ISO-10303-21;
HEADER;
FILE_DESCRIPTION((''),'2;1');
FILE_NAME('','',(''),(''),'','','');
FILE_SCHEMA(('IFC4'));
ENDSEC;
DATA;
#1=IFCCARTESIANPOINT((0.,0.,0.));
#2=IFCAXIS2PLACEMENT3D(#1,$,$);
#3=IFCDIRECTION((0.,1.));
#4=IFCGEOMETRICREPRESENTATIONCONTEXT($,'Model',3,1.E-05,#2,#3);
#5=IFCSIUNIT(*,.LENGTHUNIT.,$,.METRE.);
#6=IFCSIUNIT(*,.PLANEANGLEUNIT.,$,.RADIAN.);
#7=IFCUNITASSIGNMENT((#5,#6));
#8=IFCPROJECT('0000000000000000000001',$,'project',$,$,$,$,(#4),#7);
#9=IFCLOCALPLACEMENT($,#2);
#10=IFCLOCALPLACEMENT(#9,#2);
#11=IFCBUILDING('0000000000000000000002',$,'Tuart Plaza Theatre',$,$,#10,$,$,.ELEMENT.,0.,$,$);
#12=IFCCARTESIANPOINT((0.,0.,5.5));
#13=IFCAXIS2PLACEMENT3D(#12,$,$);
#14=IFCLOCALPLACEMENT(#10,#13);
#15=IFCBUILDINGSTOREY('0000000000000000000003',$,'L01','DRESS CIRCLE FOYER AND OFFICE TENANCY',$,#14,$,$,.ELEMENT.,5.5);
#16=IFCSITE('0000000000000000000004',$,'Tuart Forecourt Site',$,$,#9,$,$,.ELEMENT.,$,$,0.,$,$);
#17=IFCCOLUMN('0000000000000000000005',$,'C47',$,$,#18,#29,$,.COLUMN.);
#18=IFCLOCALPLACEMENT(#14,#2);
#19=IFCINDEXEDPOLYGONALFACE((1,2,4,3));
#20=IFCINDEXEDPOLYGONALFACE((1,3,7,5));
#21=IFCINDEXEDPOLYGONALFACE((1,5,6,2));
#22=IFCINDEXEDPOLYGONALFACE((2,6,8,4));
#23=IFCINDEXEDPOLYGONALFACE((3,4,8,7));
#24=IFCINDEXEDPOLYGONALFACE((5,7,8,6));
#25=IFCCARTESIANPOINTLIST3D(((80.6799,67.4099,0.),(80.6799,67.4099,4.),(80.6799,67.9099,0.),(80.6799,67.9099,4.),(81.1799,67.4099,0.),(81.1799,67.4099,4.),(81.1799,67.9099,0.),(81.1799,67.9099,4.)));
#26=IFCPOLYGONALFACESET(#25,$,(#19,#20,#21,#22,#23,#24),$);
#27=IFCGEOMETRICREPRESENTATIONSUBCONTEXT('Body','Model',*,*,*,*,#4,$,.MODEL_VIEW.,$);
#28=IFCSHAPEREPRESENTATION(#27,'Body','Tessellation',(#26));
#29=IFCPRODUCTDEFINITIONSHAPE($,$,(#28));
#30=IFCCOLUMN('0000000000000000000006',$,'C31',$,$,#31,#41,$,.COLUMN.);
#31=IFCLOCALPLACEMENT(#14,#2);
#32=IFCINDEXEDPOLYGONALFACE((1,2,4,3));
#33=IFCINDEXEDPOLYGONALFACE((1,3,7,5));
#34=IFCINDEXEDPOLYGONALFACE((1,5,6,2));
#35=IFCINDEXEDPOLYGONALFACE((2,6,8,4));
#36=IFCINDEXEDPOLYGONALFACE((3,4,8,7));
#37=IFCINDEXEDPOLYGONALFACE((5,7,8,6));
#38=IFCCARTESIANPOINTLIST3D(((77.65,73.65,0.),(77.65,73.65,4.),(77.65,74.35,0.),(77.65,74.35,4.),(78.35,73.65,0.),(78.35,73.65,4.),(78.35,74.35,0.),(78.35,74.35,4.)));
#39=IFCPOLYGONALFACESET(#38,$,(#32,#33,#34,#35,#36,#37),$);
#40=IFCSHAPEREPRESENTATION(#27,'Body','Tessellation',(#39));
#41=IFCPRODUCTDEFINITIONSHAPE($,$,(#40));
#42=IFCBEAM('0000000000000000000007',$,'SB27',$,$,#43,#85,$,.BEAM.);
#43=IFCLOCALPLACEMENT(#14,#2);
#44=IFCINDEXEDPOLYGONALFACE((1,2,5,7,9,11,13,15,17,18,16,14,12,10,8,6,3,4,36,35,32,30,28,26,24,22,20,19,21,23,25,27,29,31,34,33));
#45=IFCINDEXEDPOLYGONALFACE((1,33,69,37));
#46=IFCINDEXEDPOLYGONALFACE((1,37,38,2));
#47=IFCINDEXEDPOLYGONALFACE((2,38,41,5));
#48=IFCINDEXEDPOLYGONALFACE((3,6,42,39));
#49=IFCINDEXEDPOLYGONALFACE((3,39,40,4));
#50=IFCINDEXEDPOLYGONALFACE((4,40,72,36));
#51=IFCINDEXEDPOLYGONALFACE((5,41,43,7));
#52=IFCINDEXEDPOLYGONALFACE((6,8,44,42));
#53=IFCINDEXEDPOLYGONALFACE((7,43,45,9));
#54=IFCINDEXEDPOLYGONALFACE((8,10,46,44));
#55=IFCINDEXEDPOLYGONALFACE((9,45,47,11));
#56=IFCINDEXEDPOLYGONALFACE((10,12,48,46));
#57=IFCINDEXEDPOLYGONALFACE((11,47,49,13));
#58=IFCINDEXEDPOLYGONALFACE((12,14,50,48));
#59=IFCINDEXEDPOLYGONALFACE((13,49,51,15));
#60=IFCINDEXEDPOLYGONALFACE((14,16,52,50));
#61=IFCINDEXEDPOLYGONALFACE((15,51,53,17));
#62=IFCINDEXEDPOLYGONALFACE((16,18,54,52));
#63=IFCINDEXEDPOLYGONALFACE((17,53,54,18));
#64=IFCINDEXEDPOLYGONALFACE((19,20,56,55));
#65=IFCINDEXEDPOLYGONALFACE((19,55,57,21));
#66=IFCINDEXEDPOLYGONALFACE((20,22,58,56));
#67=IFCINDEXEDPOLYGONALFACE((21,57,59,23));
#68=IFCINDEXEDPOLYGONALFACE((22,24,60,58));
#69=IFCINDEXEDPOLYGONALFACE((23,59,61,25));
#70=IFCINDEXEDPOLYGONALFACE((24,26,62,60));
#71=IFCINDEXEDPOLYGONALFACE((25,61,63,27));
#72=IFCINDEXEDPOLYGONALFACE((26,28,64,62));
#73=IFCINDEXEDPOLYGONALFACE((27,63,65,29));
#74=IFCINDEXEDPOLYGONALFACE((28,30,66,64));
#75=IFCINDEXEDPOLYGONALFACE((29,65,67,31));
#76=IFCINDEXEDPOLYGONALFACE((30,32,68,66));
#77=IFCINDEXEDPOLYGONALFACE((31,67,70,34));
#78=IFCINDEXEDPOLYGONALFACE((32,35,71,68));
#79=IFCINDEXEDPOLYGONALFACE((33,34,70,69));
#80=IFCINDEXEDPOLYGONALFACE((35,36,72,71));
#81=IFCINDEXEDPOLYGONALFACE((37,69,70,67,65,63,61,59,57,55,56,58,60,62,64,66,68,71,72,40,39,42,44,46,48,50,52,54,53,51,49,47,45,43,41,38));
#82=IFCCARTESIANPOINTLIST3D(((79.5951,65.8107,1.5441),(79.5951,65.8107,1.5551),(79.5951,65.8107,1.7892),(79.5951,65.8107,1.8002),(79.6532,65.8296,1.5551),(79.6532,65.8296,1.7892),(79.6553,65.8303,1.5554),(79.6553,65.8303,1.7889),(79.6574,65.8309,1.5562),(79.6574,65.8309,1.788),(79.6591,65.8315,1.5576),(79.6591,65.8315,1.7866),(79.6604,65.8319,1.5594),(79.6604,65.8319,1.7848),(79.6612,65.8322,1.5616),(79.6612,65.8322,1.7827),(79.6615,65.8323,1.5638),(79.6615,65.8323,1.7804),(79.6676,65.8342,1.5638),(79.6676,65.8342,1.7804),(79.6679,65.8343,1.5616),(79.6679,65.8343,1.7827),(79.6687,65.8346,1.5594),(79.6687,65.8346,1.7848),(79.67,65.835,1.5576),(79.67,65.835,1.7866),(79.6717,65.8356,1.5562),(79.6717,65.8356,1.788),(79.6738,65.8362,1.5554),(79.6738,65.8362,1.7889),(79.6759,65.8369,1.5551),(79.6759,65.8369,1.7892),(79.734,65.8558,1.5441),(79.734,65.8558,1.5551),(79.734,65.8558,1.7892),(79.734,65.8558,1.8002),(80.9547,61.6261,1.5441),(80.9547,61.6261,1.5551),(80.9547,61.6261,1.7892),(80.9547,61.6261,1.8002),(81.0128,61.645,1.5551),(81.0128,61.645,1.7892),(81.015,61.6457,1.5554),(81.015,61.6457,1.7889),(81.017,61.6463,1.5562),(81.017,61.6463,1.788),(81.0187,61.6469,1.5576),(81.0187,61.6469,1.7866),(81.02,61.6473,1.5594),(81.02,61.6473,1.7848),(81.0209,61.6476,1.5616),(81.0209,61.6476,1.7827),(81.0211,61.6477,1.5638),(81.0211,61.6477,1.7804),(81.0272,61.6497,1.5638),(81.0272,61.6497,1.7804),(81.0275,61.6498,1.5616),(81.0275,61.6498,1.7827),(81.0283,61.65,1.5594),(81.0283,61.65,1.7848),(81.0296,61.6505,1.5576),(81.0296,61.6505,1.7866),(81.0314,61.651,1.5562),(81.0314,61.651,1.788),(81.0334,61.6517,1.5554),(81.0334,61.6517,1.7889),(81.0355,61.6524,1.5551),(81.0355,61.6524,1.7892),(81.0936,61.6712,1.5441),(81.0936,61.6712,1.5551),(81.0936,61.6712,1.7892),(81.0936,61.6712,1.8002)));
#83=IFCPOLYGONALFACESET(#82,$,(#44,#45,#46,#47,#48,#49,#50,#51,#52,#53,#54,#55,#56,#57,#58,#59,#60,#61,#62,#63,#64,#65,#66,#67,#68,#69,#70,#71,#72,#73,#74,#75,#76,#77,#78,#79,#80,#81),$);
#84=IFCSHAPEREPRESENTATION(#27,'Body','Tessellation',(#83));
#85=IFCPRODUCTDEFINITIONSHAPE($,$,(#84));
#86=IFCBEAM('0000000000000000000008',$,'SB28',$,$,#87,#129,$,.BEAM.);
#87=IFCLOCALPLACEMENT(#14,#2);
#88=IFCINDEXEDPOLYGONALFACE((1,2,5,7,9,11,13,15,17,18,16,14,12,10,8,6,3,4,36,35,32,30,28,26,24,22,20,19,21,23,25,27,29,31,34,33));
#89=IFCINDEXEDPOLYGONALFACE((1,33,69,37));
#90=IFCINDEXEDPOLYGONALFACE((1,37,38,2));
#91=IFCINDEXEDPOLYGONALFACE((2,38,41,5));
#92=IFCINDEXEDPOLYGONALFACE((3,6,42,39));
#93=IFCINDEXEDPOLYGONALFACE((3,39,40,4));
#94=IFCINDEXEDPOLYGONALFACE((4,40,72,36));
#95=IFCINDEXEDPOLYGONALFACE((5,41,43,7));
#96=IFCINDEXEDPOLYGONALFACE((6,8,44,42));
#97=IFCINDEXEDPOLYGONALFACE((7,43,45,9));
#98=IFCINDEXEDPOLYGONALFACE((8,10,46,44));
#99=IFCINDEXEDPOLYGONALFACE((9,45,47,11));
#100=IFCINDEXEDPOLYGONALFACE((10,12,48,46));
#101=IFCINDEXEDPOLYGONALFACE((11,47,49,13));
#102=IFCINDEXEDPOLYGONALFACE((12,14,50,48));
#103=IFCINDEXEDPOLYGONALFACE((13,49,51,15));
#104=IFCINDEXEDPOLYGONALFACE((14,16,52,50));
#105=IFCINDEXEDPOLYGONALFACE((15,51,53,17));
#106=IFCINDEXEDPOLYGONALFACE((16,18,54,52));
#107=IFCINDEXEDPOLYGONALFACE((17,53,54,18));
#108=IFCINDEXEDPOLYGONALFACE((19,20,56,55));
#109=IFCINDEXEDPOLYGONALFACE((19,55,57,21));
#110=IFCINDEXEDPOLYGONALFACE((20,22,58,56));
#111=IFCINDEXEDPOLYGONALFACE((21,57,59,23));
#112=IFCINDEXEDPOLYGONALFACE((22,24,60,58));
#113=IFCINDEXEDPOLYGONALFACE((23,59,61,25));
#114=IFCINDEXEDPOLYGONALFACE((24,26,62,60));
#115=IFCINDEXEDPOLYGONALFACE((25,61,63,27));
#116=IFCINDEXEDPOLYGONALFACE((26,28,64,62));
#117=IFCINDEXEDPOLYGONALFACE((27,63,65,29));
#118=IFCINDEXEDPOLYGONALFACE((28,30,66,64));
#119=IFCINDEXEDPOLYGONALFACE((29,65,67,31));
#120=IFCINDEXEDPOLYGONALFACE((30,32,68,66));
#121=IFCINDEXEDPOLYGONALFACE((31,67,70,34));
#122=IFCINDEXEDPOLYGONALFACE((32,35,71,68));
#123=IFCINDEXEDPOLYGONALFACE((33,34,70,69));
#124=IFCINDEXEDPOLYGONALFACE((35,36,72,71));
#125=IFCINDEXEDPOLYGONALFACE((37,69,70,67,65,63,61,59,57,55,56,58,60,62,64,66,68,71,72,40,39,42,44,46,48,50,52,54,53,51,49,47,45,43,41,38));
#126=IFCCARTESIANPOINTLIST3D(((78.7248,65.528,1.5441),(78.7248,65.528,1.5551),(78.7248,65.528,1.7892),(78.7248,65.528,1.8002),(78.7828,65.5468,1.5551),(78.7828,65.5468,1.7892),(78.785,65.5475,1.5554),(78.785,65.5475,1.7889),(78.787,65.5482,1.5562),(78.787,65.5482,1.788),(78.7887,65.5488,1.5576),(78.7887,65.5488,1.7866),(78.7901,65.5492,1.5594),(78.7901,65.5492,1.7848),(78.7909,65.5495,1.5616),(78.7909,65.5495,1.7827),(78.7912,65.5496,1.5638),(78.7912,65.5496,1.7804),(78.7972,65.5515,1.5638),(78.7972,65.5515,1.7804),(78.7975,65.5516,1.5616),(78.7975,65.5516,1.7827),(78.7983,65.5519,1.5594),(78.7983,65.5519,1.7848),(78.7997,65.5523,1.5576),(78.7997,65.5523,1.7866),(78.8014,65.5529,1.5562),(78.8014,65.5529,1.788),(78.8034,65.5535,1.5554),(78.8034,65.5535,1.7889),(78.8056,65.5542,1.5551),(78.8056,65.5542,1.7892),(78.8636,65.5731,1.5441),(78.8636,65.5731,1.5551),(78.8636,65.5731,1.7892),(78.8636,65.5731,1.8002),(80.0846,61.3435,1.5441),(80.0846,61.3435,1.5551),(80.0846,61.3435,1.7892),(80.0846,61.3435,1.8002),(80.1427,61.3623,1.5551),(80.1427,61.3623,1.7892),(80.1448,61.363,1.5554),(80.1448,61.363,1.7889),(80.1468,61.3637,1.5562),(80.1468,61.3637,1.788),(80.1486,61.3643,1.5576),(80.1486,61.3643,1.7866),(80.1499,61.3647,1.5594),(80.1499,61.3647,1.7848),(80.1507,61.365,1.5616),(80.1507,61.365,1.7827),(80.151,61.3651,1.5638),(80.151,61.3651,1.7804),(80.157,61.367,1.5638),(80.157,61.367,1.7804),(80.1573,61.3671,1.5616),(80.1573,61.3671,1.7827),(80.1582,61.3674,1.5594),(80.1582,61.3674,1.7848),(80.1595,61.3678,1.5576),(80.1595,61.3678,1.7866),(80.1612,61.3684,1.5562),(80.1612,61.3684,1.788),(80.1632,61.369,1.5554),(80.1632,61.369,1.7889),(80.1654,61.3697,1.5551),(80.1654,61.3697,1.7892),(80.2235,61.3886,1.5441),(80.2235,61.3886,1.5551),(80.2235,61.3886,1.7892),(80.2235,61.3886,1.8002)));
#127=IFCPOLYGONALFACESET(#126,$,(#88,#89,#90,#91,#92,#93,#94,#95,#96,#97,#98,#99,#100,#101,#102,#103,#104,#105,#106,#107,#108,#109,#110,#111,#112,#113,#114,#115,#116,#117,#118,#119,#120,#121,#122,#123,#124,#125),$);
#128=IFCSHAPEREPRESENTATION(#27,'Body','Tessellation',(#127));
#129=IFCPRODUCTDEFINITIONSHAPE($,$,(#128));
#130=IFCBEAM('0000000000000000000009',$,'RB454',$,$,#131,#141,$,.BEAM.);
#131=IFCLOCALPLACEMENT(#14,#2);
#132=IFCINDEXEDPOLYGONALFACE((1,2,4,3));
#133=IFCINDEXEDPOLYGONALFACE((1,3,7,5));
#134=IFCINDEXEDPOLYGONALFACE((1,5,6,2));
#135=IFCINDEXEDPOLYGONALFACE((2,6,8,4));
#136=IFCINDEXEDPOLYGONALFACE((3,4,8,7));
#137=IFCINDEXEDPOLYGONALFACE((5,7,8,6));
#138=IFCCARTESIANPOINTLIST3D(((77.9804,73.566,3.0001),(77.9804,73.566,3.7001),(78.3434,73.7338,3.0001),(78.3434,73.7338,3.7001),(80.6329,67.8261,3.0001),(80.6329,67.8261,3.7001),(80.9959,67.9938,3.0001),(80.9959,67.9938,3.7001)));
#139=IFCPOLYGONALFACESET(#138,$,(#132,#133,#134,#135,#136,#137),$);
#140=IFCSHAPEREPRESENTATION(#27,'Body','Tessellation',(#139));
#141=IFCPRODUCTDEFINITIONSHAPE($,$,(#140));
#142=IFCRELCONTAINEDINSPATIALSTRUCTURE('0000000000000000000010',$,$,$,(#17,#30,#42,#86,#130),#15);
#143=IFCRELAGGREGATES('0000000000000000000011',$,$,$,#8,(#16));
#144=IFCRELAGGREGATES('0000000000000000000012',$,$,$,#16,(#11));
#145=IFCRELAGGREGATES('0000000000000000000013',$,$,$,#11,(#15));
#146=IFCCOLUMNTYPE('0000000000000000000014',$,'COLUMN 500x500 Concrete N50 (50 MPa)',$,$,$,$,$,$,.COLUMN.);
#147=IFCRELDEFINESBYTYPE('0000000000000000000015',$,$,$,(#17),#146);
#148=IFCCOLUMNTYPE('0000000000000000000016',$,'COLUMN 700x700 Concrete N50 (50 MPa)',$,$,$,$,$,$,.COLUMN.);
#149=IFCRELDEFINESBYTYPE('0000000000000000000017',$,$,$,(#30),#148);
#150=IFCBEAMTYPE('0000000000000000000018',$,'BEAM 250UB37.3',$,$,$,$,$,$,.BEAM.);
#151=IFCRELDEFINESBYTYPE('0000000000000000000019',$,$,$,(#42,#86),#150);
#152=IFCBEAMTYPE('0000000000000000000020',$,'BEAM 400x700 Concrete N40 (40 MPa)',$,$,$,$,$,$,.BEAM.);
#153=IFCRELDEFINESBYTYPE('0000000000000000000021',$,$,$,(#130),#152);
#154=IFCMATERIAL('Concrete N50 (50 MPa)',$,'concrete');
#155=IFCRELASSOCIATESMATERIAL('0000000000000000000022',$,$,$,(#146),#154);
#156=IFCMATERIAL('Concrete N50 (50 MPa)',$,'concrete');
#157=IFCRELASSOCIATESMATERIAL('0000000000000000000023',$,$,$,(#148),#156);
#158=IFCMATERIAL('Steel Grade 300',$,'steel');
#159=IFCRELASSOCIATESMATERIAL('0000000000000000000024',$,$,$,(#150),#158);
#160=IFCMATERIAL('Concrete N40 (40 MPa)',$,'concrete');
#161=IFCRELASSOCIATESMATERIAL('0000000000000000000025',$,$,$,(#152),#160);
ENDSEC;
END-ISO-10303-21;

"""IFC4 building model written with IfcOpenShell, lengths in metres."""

from ifc_helpers import new_model, si_unit, direction, frame, origin, origin_2d, place, context, subcontext, project, spatial, rectangle, i_section, extrude, material, material_profile, profile_set, type_object, element, save


model = new_model("IFC4")

# Units and contexts
model_context = context("Model", 3, precision=1e-05, world=origin(), true_north=direction((0.0, 1.0)))
body_context = subcontext(model_context, "Body", "Model", "MODEL_VIEW")
ifc_project = project(units=[si_unit("LENGTHUNIT", "METRE"), si_unit("PLANEANGLEUNIT", "RADIAN")], contexts=[model_context])

# Site, building, storey
site_placement = place(None, origin())
site = spatial("IfcSite", under=ifc_project, at=site_placement, Name="Tuart Forecourt Site", CompositionType="ELEMENT", RefElevation=0.0)
building_placement = place(site_placement, origin())
building = spatial("IfcBuilding", under=site, at=building_placement, Name="Tuart Plaza Theatre", CompositionType="ELEMENT", ElevationOfRefHeight=0.0)
storey_placement = place(building_placement, frame((0.0, 0.0, 5.5)))
storey = spatial("IfcBuildingStorey", under=building, at=storey_placement, Name="L01", Description="DRESS CIRCLE FOYER AND OFFICE TENANCY", CompositionType="ELEMENT", Elevation=5.5)

# Columns
ifc_material_1 = material(Name="Concrete N50 (50 MPa)", Category="concrete")
ifc_material_profile_1 = material_profile(ifc_material_1, rectangle(XDim=0.5, YDim=0.5, at=origin_2d()), Name="COLUMN 500x500 Concrete N50 (50 MPa)")
ifc_profile_set_1 = profile_set([ifc_material_profile_1], Name="Concrete N50 (50 MPa)")
column_type_1 = type_object("IfcColumnType", Name="COLUMN 500x500 Concrete N50 (50 MPa)", PredefinedType="COLUMN", material=ifc_profile_set_1)
column_1_placement = place(storey_placement, frame((80.9299, 67.6599, 0.0), z_axis=(0.0, 0.0, 1.0), x_axis=(1.0, 0.0, 0.0)))
element("IfcColumn", 1, at=column_1_placement, inside=storey, type_object=column_type_1, Name="C47", PredefinedType="COLUMN", context=body_context, shape_type="SweptSolid", body=[
    extrude(rectangle(XDim=0.5, YDim=0.5, at=origin_2d()), origin(), (0.0, 0.0, 1.0), 4.0),
])
ifc_material_2 = material(Name="Concrete N50 (50 MPa)", Category="concrete")
ifc_material_profile_2 = material_profile(ifc_material_2, rectangle(XDim=0.7, YDim=0.7, at=origin_2d()), Name="COLUMN 700x700 Concrete N50 (50 MPa)")
ifc_profile_set_2 = profile_set([ifc_material_profile_2], Name="Concrete N50 (50 MPa)")
column_type_2 = type_object("IfcColumnType", Name="COLUMN 700x700 Concrete N50 (50 MPa)", PredefinedType="COLUMN", material=ifc_profile_set_2)
column_2_placement = place(storey_placement, frame((78.0, 74.0, 0.0), z_axis=(0.0, 0.0, 1.0), x_axis=(1.0, 0.0, 0.0)))
element("IfcColumn", 2, at=column_2_placement, inside=storey, type_object=column_type_2, Name="C31", PredefinedType="COLUMN", context=body_context, shape_type="SweptSolid", body=[
    extrude(rectangle(XDim=0.7, YDim=0.7, at=origin_2d()), origin(), (0.0, 0.0, 1.0), 4.0),
])

# Beams
ifc_material_3 = material(Name="Steel Grade 300", Category="steel")
ifc_material_profile_3 = material_profile(ifc_material_3, i_section(OverallWidth=0.146, OverallDepth=0.2561, WebThickness=0.0063, FlangeThickness=0.011, FilletRadius=0.0088, at=origin_2d()), Name="250UB37.3")
ifc_profile_set_3 = profile_set([ifc_material_profile_3], Name="Steel Grade 300")
beam_type_1 = type_object("IfcBeamType", Name="BEAM 250UB37.3", PredefinedType="BEAM", material=ifc_profile_set_3)
for number, where, z_axis, x_axis, name in (
    (3, (79.6646, 65.8333, 1.6721), (0.309011, -0.951059, 0.0), (0.951059, 0.309011, 0.0), "SB27"),
    (4, (78.7942, 65.5505, 1.6721), (0.309061, -0.951042, 0.0), (0.951042, 0.309061, 0.0), "SB28"),
):
    element("IfcBeam", number, at=place(storey_placement, frame(where, z_axis=z_axis, x_axis=x_axis)), inside=storey, type_object=beam_type_1, Name=name, PredefinedType="BEAM", context=body_context, shape_type="SweptSolid", body=[
        extrude(i_section(OverallWidth=0.146, OverallDepth=0.2561, WebThickness=0.0063, FlangeThickness=0.011, FilletRadius=0.0088, at=origin_2d()), origin(), (0.0, 0.0, 1.0), 4.3999),
    ])
ifc_material_4 = material(Name="Concrete N40 (40 MPa)", Category="concrete")
ifc_material_profile_4 = material_profile(ifc_material_4, rectangle(XDim=0.3999, YDim=0.7, at=origin_2d()), Name="BEAM 400x700 Concrete N40 (40 MPa)")
ifc_profile_set_4 = profile_set([ifc_material_profile_4], Name="Concrete N40 (40 MPa)")
beam_type_2 = type_object("IfcBeamType", Name="BEAM 400x700 Concrete N40 (40 MPa)", PredefinedType="BEAM", material=ifc_profile_set_4)
beam_placement = place(storey_placement, frame((78.1619, 73.6499, 3.3501), z_axis=(0.419496, -0.907757, 0.0), x_axis=(0.907757, 0.419496, 0.0)))
element("IfcBeam", 5, at=beam_placement, inside=storey, type_object=beam_type_2, Name="RB454", PredefinedType="BEAM", context=body_context, shape_type="SweptSolid", body=[
    extrude(rectangle(XDim=0.3999, YDim=0.7, at=origin_2d()), origin(), (0.0, 0.0, 1.0), 6.3232),
])

save(model, "model.ifc")
